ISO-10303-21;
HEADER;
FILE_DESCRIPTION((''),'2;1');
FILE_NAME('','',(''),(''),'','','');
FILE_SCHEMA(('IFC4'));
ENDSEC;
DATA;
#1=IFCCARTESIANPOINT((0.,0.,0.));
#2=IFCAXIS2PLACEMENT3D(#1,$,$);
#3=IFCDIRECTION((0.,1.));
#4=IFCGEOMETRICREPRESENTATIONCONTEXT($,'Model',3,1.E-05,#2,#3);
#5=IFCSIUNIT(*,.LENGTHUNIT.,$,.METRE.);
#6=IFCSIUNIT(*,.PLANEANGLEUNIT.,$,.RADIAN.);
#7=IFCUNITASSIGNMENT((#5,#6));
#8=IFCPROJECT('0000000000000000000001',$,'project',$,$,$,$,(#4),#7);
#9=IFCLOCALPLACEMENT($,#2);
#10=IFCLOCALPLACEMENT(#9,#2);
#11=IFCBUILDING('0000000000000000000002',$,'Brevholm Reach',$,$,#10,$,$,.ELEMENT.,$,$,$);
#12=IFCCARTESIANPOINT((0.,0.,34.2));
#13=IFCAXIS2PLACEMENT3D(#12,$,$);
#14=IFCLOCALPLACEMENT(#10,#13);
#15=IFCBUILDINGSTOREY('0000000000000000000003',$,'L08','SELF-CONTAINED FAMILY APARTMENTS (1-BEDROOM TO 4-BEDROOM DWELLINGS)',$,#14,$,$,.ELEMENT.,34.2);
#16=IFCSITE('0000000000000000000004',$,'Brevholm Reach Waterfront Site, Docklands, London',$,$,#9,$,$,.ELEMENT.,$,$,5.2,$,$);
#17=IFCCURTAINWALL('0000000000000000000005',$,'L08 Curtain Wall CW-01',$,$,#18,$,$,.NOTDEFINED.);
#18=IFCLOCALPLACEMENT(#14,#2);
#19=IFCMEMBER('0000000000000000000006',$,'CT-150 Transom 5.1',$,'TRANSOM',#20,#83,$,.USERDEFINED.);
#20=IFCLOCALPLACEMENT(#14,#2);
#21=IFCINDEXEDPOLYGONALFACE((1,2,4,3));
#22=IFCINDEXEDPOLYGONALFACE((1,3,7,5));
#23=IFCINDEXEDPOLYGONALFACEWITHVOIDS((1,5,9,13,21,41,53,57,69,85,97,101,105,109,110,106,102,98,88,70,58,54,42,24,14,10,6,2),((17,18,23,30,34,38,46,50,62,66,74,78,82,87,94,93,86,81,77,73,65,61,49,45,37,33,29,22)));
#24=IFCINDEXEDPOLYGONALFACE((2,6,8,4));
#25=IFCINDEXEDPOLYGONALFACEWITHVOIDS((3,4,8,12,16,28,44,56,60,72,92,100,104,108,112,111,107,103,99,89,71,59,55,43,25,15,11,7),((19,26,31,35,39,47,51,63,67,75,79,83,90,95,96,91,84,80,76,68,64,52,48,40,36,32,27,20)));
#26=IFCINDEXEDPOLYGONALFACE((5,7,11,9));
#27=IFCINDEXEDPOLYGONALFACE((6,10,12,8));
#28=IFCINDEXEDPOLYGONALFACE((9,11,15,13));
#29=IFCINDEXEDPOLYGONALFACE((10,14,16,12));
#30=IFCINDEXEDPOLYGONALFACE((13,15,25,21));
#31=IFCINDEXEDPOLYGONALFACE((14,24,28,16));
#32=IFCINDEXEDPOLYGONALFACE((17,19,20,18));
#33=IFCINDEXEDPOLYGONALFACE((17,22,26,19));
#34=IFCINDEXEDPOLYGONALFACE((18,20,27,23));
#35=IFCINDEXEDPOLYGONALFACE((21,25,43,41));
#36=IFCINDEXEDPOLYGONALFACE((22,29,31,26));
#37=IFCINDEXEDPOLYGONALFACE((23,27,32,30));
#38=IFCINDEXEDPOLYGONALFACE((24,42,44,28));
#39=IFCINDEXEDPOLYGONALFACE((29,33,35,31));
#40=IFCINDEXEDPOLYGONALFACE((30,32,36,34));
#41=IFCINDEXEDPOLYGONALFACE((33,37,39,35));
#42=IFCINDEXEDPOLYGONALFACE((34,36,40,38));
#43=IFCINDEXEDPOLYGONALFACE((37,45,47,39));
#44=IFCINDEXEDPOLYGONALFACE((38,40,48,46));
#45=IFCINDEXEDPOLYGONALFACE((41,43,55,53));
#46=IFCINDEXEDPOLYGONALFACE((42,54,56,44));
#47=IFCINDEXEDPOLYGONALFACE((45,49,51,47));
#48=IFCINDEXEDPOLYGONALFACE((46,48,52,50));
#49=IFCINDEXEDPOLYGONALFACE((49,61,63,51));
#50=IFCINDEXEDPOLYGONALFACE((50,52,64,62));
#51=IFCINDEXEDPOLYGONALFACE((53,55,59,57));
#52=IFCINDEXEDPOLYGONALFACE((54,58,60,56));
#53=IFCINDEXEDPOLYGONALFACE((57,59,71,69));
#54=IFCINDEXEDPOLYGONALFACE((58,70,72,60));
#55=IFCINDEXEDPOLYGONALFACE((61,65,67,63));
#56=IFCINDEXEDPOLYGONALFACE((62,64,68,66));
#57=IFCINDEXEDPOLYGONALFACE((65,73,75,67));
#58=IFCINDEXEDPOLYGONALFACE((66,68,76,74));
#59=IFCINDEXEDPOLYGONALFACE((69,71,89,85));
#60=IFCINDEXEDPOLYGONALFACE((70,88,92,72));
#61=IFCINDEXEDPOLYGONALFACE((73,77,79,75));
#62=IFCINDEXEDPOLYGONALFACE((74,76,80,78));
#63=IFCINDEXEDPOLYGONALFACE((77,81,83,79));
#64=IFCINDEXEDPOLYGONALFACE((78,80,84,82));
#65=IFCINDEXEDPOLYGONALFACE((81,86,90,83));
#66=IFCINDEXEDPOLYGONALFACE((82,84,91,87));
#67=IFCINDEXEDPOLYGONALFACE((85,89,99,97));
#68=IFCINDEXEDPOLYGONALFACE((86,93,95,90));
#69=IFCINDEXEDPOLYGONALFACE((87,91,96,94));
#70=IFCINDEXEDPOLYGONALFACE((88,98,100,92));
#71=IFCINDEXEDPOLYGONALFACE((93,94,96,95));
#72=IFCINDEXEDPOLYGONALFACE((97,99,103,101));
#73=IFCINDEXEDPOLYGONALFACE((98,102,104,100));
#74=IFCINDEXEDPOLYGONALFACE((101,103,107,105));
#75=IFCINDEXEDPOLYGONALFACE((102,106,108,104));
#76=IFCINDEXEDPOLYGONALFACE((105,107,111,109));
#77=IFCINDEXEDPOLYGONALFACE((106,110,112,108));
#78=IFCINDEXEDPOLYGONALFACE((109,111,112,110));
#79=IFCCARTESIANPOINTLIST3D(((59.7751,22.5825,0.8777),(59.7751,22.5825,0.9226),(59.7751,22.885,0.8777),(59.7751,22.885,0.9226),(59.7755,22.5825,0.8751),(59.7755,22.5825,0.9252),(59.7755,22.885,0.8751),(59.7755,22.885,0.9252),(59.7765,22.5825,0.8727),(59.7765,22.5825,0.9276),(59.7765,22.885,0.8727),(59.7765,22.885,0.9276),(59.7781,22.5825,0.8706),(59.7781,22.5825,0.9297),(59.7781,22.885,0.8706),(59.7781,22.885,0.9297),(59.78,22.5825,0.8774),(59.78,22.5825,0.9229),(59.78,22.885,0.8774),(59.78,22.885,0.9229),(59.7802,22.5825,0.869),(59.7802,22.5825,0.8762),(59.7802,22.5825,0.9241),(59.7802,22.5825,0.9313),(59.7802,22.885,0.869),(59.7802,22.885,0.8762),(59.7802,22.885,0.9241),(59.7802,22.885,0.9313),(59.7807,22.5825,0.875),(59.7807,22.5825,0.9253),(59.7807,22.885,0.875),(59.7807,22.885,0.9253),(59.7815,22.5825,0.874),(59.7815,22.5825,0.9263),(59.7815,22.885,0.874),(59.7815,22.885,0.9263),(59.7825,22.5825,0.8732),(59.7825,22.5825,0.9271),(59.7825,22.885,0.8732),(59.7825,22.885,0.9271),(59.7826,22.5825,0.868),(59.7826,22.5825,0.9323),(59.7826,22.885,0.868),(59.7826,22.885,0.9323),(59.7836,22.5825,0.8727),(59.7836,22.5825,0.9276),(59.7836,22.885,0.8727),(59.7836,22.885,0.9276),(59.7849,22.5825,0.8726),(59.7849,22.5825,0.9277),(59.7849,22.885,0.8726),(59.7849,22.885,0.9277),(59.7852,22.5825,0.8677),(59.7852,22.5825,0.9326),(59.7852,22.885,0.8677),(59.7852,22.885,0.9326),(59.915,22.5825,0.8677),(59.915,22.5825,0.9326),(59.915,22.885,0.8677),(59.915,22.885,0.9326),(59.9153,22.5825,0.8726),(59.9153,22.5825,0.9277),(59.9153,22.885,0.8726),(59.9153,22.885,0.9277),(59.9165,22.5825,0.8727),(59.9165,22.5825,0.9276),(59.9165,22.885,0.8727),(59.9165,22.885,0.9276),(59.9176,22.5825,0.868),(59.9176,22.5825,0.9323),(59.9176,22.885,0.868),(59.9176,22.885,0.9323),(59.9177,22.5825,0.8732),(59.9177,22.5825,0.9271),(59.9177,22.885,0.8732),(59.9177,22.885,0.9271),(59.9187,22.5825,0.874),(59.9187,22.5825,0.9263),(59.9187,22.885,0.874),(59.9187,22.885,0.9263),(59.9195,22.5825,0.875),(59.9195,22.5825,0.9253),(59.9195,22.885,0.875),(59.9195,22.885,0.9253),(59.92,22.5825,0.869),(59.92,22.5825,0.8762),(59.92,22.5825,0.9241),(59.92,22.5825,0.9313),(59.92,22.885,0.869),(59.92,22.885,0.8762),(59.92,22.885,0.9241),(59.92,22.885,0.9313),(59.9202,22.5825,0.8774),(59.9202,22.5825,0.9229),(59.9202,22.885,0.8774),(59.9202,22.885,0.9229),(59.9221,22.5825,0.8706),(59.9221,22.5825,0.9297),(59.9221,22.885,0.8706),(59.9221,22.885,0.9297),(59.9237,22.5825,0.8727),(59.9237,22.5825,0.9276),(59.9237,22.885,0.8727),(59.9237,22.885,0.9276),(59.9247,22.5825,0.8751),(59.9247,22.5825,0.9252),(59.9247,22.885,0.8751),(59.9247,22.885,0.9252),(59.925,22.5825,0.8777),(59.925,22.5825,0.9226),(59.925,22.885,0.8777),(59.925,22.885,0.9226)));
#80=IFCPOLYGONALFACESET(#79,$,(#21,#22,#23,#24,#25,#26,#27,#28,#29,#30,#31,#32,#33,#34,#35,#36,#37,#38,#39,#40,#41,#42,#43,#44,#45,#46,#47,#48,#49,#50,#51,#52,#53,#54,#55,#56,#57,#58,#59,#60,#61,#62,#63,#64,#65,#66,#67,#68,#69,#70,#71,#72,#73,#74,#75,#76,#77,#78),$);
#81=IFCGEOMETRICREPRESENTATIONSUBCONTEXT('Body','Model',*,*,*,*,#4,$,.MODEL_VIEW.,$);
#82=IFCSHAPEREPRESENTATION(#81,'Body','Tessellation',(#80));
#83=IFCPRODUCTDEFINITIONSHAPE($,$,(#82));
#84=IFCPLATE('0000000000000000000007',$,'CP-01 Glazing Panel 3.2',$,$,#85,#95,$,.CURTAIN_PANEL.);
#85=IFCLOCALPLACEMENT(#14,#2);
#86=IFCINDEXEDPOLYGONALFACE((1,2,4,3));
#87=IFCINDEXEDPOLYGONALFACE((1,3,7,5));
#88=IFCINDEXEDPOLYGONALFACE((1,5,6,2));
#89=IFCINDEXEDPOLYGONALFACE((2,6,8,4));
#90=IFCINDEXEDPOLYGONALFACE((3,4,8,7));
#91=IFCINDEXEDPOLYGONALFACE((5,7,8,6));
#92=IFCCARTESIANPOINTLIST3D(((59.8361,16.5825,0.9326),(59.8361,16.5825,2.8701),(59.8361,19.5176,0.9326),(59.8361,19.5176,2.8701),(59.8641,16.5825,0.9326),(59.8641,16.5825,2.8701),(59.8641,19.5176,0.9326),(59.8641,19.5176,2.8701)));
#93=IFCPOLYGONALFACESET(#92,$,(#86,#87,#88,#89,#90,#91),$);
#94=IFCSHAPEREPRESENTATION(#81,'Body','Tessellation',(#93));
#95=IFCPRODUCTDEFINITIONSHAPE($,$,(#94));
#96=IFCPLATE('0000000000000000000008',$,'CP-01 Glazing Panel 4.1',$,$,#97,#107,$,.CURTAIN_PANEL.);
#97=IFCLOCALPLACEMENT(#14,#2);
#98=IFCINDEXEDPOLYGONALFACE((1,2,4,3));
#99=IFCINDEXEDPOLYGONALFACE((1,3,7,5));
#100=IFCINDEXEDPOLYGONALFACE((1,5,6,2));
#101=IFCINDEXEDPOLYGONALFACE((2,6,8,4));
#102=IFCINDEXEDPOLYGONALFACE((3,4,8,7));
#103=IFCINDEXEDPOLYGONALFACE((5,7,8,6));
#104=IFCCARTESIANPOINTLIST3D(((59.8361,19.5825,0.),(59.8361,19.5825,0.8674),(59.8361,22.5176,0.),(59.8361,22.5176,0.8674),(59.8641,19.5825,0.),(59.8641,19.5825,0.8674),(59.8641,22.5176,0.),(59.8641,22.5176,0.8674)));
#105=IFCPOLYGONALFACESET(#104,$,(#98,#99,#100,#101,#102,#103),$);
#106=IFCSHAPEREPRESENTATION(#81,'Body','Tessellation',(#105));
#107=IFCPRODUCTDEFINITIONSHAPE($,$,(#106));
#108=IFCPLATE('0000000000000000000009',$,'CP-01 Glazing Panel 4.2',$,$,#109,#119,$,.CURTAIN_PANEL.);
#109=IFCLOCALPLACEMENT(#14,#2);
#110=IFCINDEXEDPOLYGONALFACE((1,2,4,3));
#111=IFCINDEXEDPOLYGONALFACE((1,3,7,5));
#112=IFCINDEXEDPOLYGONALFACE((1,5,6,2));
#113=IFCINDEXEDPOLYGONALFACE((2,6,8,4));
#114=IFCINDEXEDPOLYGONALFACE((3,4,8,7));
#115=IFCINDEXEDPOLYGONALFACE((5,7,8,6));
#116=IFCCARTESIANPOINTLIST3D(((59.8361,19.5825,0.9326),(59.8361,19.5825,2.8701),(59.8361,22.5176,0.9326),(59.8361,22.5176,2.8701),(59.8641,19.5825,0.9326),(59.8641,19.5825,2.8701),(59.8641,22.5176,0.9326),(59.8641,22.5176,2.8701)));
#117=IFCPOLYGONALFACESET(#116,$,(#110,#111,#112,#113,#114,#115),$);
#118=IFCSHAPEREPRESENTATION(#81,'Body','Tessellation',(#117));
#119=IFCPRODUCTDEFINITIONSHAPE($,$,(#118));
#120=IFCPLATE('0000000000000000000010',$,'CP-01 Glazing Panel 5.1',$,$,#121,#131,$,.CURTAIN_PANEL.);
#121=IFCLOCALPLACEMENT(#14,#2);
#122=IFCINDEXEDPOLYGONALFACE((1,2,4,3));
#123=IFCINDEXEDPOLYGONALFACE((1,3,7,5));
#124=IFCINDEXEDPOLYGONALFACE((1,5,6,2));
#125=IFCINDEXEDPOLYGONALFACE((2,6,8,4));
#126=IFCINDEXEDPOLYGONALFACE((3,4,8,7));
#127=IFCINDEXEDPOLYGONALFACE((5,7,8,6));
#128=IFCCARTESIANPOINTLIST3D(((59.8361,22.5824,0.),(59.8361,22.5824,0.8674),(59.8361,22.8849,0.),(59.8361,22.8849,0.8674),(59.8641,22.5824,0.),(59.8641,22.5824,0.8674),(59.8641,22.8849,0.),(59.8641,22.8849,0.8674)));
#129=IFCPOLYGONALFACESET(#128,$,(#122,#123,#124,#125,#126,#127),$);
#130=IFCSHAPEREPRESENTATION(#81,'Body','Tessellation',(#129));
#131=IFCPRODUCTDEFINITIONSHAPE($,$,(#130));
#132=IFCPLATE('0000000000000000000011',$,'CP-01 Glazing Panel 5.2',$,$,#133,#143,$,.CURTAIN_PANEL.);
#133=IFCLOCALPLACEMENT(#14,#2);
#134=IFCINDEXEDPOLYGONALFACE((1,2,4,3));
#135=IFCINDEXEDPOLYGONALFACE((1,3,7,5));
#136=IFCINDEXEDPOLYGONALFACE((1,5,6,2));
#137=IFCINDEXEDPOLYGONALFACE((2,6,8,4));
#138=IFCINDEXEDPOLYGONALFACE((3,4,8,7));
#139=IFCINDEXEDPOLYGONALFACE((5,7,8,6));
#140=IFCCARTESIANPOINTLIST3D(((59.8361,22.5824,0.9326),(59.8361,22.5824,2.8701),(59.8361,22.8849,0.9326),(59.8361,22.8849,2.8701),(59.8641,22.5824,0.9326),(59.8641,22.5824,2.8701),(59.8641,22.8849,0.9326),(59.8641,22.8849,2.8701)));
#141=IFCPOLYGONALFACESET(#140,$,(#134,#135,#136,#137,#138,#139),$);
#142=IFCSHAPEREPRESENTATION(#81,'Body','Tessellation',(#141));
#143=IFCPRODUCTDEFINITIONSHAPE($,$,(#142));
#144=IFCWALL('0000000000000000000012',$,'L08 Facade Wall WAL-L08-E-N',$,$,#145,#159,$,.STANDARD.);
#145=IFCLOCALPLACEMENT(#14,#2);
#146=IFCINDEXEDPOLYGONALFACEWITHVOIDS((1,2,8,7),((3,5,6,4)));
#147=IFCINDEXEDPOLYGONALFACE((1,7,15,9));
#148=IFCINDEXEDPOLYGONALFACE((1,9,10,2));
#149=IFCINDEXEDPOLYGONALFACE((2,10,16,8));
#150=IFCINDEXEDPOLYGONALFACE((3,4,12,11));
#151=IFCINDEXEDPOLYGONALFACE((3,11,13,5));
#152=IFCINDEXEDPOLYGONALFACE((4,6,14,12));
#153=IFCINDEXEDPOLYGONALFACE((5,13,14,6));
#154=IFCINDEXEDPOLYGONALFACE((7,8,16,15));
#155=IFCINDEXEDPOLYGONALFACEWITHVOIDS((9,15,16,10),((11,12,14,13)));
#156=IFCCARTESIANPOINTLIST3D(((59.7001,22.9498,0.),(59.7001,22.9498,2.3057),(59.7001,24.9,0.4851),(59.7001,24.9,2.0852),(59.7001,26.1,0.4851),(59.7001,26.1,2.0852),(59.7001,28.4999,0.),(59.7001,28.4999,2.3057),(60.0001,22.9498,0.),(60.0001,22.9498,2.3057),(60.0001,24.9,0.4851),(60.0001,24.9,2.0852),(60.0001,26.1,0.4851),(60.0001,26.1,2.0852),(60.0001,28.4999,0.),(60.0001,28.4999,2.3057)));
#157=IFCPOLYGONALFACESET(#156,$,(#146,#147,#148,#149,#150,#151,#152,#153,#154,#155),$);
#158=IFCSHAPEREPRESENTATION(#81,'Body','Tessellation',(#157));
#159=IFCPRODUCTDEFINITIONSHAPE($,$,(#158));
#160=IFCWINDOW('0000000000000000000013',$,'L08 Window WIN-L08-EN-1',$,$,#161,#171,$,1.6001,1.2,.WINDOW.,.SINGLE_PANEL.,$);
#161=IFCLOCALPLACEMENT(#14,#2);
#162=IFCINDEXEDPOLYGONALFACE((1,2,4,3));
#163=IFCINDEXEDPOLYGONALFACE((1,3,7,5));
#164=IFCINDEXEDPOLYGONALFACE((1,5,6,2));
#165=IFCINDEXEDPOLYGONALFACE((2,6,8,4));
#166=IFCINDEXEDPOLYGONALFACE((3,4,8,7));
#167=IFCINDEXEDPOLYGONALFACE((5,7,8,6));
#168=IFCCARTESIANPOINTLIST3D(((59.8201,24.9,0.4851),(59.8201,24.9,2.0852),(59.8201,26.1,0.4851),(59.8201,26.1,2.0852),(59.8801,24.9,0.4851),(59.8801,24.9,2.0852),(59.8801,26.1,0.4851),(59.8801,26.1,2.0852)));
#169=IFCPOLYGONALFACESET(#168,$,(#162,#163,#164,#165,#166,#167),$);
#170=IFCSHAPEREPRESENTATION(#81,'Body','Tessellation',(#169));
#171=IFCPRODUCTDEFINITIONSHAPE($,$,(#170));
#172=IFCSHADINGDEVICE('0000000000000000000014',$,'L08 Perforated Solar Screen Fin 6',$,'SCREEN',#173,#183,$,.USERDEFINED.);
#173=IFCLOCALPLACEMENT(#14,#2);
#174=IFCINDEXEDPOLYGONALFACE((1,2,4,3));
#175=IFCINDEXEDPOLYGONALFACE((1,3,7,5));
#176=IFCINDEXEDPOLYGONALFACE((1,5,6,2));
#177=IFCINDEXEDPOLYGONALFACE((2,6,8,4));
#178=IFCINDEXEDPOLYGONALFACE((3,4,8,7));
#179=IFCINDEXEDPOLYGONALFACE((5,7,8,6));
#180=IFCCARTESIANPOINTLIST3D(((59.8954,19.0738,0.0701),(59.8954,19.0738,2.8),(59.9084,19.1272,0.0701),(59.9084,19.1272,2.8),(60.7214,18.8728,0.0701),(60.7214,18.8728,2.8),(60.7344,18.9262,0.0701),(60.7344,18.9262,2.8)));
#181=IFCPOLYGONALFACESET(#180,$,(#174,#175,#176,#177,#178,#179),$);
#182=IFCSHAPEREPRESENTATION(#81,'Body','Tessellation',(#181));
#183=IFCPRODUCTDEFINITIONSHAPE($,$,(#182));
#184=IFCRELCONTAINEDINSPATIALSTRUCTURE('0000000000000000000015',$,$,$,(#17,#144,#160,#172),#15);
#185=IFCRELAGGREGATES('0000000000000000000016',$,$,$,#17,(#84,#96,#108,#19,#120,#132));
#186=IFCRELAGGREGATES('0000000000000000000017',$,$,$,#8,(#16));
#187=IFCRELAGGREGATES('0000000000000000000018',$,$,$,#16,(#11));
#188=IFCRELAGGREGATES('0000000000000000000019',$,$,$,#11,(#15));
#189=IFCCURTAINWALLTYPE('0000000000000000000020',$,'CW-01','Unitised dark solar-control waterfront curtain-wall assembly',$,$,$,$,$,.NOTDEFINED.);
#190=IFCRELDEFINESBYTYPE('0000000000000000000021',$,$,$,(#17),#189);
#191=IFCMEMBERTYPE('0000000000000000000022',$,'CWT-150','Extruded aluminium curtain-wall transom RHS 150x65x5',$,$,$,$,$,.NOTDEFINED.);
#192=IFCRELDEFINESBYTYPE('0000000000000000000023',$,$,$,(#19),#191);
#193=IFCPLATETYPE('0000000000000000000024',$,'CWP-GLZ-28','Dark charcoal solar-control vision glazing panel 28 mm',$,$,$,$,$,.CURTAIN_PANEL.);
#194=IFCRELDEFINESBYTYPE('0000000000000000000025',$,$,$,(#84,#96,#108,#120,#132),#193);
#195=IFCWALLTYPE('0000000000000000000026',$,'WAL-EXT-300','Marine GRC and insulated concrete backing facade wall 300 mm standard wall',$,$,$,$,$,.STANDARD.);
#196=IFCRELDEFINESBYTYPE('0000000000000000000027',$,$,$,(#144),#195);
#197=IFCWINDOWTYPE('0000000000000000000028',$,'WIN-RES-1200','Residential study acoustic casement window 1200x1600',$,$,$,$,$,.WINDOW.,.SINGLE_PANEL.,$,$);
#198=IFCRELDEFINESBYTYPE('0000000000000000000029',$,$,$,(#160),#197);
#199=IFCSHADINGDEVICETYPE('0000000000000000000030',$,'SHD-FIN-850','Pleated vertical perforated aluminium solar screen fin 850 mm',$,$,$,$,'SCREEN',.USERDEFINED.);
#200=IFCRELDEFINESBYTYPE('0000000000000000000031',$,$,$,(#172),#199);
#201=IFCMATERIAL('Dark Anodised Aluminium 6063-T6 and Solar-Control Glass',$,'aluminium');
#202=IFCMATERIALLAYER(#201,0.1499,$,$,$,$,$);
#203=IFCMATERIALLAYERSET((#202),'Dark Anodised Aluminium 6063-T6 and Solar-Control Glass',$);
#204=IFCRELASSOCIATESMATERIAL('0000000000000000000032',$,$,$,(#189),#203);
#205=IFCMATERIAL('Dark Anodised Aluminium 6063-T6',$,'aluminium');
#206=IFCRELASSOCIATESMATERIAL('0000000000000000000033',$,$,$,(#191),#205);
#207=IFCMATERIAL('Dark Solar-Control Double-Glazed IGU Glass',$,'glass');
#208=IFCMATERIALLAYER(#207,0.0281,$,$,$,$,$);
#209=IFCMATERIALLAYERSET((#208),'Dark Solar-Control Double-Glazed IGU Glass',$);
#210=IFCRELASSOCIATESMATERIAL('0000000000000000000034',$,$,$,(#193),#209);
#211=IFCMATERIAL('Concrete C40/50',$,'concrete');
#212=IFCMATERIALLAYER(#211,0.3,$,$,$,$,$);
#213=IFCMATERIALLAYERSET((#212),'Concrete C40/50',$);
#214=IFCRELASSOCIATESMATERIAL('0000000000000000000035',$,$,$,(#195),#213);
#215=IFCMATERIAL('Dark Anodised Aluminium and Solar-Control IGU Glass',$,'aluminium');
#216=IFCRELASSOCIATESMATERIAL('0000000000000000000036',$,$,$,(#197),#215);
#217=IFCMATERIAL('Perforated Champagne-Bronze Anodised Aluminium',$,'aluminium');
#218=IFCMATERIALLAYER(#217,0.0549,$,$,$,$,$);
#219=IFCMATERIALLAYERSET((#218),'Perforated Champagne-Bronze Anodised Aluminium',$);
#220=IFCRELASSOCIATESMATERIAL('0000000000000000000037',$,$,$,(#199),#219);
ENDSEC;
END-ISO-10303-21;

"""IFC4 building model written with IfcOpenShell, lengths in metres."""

from ifc_helpers import new_model, si_unit, direction, frame, frame_2d, origin, origin_2d, place, context, subcontext, project, spatial, rectangle, hollow_rectangle, extrude, material, layer, layer_set, material_profile, profile_set, type_object, element, fill, aggregate, save


model = new_model("IFC4")

# Units and contexts
model_context = context("Model", 3, precision=1e-05, world=origin(), true_north=direction((0.0, 1.0)))
body_context = subcontext(model_context, "Body", "Model", "MODEL_VIEW")
ifc_project = project(units=[si_unit("LENGTHUNIT", "METRE"), si_unit("PLANEANGLEUNIT", "RADIAN")], contexts=[model_context])

# Site, building, storey
site_placement = place(None, origin())
site = spatial("IfcSite", under=ifc_project, at=site_placement, Name="Brevholm Reach Waterfront Site, Docklands, London", CompositionType="ELEMENT", RefElevation=5.2)
building_placement = place(site_placement, origin())
building = spatial("IfcBuilding", under=site, at=building_placement, Name="Brevholm Reach", CompositionType="ELEMENT")
storey_placement = place(building_placement, frame((0.0, 0.0, 34.2)))
storey = spatial("IfcBuildingStorey", under=building, at=storey_placement, Name="L08", Description="SELF-CONTAINED FAMILY APARTMENTS (1-BEDROOM TO 4-BEDROOM DWELLINGS)", CompositionType="ELEMENT", Elevation=34.2)

# Curtain wall, member, plates
ifc_material_1 = material(Name="Dark Anodised Aluminium 6063-T6 and Solar-Control Glass", Category="aluminium")
ifc_layer_1 = layer(ifc_material_1, 0.1499)
ifc_layer_set_1 = layer_set([ifc_layer_1], Name="Dark Anodised Aluminium 6063-T6 and Solar-Control Glass")
curtain_wall_type = type_object("IfcCurtainWallType", Name="CW-01", Description="Unitised dark solar-control waterfront curtain-wall assembly", PredefinedType="NOTDEFINED", material=ifc_layer_set_1)
curtain_wall_placement = place(storey_placement, origin())
curtain_wall = element("IfcCurtainWall", 1, at=curtain_wall_placement, inside=storey, type_object=curtain_wall_type, Name="L08 Curtain Wall CW-01", PredefinedType="NOTDEFINED")
ifc_material_2 = material(Name="Dark Anodised Aluminium 6063-T6", Category="aluminium")
ifc_material_profile_1 = material_profile(ifc_material_2, hollow_rectangle(XDim=0.0649, YDim=0.1499, WallThickness=0.0049, InnerFilletRadius=0.0049, OuterFilletRadius=0.01, at=origin_2d()), Name="RHS 150x65x5")
ifc_profile_set_1 = profile_set([ifc_material_profile_1], Name="Dark Anodised Aluminium 6063-T6")
member_type_1 = type_object("IfcMemberType", Name="CWT-150", Description="Extruded aluminium curtain-wall transom RHS 150x65x5", PredefinedType="NOTDEFINED", material=ifc_profile_set_1)
member_1_placement = place(storey_placement, frame((59.8501, 22.5825, 0.9001), z_axis=(0.0, 1.0, 0.0), x_axis=(0.0, 0.0, 1.0)))
member_1 = element("IfcMember", 2, at=member_1_placement, type_object=member_type_1, Name="CT-150 Transom 5.1", ObjectType="TRANSOM", PredefinedType="USERDEFINED", context=body_context, shape_type="SweptSolid", body=[
    extrude(hollow_rectangle(XDim=0.0649, YDim=0.1499, WallThickness=0.0049, InnerFilletRadius=0.0049, OuterFilletRadius=0.01, at=origin_2d()), origin(), (0.0, 0.0, 1.0), 0.3025),
])
ifc_material_3 = material(Name="Dark Solar-Control Double-Glazed IGU Glass", Category="glass")
ifc_layer_2 = layer(ifc_material_3, 0.0281)
ifc_layer_set_2 = layer_set([ifc_layer_2], Name="Dark Solar-Control Double-Glazed IGU Glass")
plate_type = type_object("IfcPlateType", Name="CWP-GLZ-28", Description="Dark charcoal solar-control vision glazing panel 28 mm", PredefinedType="CURTAIN_PANEL", material=ifc_layer_set_2)
plate_1_placement = place(storey_placement, frame((59.8501, 18.05, 0.9326), z_axis=(0.0, 0.0, 1.0), x_axis=(0.0, 1.0, 0.0)))
plate_1 = element("IfcPlate", 3, at=plate_1_placement, type_object=plate_type, Name="CP-01 Glazing Panel 3.2", PredefinedType="CURTAIN_PANEL", context=body_context, shape_type="SweptSolid", body=[
    extrude(rectangle(XDim=2.9351, YDim=0.0281, at=origin_2d()), origin(), (0.0, 0.0, 1.0), 1.9375),
])
plate_2_placement = place(storey_placement, frame((59.8501, 21.05, 0.0), z_axis=(0.0, 0.0, 1.0), x_axis=(0.0, 1.0, 0.0)))
plate_2 = element("IfcPlate", 4, at=plate_2_placement, type_object=plate_type, Name="CP-01 Glazing Panel 4.1", PredefinedType="CURTAIN_PANEL", context=body_context, shape_type="SweptSolid", body=[
    extrude(rectangle(XDim=2.9351, YDim=0.0281, at=origin_2d()), origin(), (0.0, 0.0, 1.0), 0.8674),
])
plate_3_placement = place(storey_placement, frame((59.8501, 21.05, 0.9326), z_axis=(0.0, 0.0, 1.0), x_axis=(0.0, 1.0, 0.0)))
plate_3 = element("IfcPlate", 5, at=plate_3_placement, type_object=plate_type, Name="CP-01 Glazing Panel 4.2", PredefinedType="CURTAIN_PANEL", context=body_context, shape_type="SweptSolid", body=[
    extrude(rectangle(XDim=2.9351, YDim=0.0281, at=origin_2d()), origin(), (0.0, 0.0, 1.0), 1.9375),
])
plate_4_placement = place(storey_placement, frame((59.8501, 22.7336, 0.0), z_axis=(0.0, 0.0, 1.0), x_axis=(0.0, 1.0, 0.0)))
plate_4 = element("IfcPlate", 6, at=plate_4_placement, type_object=plate_type, Name="CP-01 Glazing Panel 5.1", PredefinedType="CURTAIN_PANEL", context=body_context, shape_type="SweptSolid", body=[
    extrude(rectangle(XDim=0.3025, YDim=0.0281, at=origin_2d()), origin(), (0.0, 0.0, 1.0), 0.8674),
])
plate_5_placement = place(storey_placement, frame((59.8501, 22.7336, 0.9326), z_axis=(0.0, 0.0, 1.0), x_axis=(0.0, 1.0, 0.0)))
plate_5 = element("IfcPlate", 7, at=plate_5_placement, type_object=plate_type, Name="CP-01 Glazing Panel 5.2", PredefinedType="CURTAIN_PANEL", context=body_context, shape_type="SweptSolid", body=[
    extrude(rectangle(XDim=0.3025, YDim=0.0281, at=origin_2d()), origin(), (0.0, 0.0, 1.0), 1.9375),
])
aggregate(curtain_wall, [plate_1, plate_2, plate_3, member_1, plate_4, plate_5])

# Wall, opening, window
ifc_material_4 = material(Name="Concrete C40/50", Category="concrete")
ifc_layer_3 = layer(ifc_material_4, 0.3)
ifc_layer_set_3 = layer_set([ifc_layer_3], Name="Concrete C40/50")
wall_type = type_object("IfcWallType", Name="WAL-EXT-300", Description="Marine GRC and insulated concrete backing facade wall 300 mm standard wall", PredefinedType="STANDARD", material=ifc_layer_set_3)
wall_placement = place(storey_placement, frame((59.8501, 22.95, 0.0), z_axis=(0.0, 0.0, 1.0), x_axis=(0.0, 1.0, 0.0)))
wall = element("IfcWall", 8, at=wall_placement, inside=storey, type_object=wall_type, Name="L08 Facade Wall WAL-L08-E-N", PredefinedType="STANDARD", context=body_context, shape_type="SweptSolid", body=[
    extrude(rectangle(XDim=5.55, YDim=0.3, at=frame_2d((2.7749, 0.0))), origin(), (0.0, 0.0, 1.0), 2.3057),
])
opening_placement = place(wall_placement, frame((1.95, 0.0, 0.4851)))
opening = element("IfcOpeningElement", 9, at=opening_placement, cuts=wall, PredefinedType="OPENING", context=body_context, shape_type="SweptSolid", body=[
    extrude(rectangle(XDim=1.2, YDim=1.6001, at=frame_2d((0.6001, 0.8))), frame((0.0, 0.1599, 0.0), z_axis=(0.0, -1.0, 0.0), x_axis=(1.0, 0.0, 0.0)), (0.0, 0.0, 1.0), 0.3201),
])
ifc_material_5 = material(Name="Dark Anodised Aluminium and Solar-Control IGU Glass", Category="aluminium")
window_type = type_object("IfcWindowType", Name="WIN-RES-1200", Description="Residential study acoustic casement window 1200x1600", PartitioningType="SINGLE_PANEL", PredefinedType="WINDOW", material=ifc_material_5)
window_placement = place(opening_placement, origin())
window = element("IfcWindow", 10, at=window_placement, inside=storey, type_object=window_type, Name="L08 Window WIN-L08-EN-1", OverallHeight=1.6001, OverallWidth=1.2, PartitioningType="SINGLE_PANEL", PredefinedType="WINDOW", context=body_context, shape_type="SweptSolid", body=[
    extrude(rectangle(XDim=1.2, YDim=1.6001, at=frame_2d((0.6001, 0.8))), frame((0.0, 0.03, 0.0), z_axis=(0.0, -1.0, 0.0), x_axis=(1.0, 0.0, 0.0)), (0.0, 0.0, 1.0), 0.0601),
])
fill(opening, window)

# Shading device
ifc_material_6 = material(Name="Perforated Champagne-Bronze Anodised Aluminium", Category="aluminium")
ifc_layer_4 = layer(ifc_material_6, 0.0549)
ifc_layer_set_4 = layer_set([ifc_layer_4], Name="Perforated Champagne-Bronze Anodised Aluminium")
shading_device_type = type_object("IfcShadingDeviceType", Name="SHD-FIN-850", Description="Pleated vertical perforated aluminium solar screen fin 850 mm", ElementType="SCREEN", PredefinedType="USERDEFINED", material=ifc_layer_set_4)
for number, where, z_axis, x_axis, name in (
    (11, (60.3149, 19.0, 0.0701), (0.0, 0.0, 1.0), (0.971652, -0.236414, 0.0), "L08 Perforated Solar Screen Fin 6"),
):
    element("IfcShadingDevice", number, at=place(storey_placement, frame(where, z_axis=z_axis, x_axis=x_axis)), inside=storey, type_object=shading_device_type, Name=name, ObjectType="SCREEN", PredefinedType="USERDEFINED", context=body_context, shape_type="SweptSolid", body=[
        extrude(rectangle(XDim=0.8501, YDim=0.0549, at=origin_2d()), origin(), (0.0, 0.0, 1.0), 2.73),
    ])

save(model, "model.ifc")
